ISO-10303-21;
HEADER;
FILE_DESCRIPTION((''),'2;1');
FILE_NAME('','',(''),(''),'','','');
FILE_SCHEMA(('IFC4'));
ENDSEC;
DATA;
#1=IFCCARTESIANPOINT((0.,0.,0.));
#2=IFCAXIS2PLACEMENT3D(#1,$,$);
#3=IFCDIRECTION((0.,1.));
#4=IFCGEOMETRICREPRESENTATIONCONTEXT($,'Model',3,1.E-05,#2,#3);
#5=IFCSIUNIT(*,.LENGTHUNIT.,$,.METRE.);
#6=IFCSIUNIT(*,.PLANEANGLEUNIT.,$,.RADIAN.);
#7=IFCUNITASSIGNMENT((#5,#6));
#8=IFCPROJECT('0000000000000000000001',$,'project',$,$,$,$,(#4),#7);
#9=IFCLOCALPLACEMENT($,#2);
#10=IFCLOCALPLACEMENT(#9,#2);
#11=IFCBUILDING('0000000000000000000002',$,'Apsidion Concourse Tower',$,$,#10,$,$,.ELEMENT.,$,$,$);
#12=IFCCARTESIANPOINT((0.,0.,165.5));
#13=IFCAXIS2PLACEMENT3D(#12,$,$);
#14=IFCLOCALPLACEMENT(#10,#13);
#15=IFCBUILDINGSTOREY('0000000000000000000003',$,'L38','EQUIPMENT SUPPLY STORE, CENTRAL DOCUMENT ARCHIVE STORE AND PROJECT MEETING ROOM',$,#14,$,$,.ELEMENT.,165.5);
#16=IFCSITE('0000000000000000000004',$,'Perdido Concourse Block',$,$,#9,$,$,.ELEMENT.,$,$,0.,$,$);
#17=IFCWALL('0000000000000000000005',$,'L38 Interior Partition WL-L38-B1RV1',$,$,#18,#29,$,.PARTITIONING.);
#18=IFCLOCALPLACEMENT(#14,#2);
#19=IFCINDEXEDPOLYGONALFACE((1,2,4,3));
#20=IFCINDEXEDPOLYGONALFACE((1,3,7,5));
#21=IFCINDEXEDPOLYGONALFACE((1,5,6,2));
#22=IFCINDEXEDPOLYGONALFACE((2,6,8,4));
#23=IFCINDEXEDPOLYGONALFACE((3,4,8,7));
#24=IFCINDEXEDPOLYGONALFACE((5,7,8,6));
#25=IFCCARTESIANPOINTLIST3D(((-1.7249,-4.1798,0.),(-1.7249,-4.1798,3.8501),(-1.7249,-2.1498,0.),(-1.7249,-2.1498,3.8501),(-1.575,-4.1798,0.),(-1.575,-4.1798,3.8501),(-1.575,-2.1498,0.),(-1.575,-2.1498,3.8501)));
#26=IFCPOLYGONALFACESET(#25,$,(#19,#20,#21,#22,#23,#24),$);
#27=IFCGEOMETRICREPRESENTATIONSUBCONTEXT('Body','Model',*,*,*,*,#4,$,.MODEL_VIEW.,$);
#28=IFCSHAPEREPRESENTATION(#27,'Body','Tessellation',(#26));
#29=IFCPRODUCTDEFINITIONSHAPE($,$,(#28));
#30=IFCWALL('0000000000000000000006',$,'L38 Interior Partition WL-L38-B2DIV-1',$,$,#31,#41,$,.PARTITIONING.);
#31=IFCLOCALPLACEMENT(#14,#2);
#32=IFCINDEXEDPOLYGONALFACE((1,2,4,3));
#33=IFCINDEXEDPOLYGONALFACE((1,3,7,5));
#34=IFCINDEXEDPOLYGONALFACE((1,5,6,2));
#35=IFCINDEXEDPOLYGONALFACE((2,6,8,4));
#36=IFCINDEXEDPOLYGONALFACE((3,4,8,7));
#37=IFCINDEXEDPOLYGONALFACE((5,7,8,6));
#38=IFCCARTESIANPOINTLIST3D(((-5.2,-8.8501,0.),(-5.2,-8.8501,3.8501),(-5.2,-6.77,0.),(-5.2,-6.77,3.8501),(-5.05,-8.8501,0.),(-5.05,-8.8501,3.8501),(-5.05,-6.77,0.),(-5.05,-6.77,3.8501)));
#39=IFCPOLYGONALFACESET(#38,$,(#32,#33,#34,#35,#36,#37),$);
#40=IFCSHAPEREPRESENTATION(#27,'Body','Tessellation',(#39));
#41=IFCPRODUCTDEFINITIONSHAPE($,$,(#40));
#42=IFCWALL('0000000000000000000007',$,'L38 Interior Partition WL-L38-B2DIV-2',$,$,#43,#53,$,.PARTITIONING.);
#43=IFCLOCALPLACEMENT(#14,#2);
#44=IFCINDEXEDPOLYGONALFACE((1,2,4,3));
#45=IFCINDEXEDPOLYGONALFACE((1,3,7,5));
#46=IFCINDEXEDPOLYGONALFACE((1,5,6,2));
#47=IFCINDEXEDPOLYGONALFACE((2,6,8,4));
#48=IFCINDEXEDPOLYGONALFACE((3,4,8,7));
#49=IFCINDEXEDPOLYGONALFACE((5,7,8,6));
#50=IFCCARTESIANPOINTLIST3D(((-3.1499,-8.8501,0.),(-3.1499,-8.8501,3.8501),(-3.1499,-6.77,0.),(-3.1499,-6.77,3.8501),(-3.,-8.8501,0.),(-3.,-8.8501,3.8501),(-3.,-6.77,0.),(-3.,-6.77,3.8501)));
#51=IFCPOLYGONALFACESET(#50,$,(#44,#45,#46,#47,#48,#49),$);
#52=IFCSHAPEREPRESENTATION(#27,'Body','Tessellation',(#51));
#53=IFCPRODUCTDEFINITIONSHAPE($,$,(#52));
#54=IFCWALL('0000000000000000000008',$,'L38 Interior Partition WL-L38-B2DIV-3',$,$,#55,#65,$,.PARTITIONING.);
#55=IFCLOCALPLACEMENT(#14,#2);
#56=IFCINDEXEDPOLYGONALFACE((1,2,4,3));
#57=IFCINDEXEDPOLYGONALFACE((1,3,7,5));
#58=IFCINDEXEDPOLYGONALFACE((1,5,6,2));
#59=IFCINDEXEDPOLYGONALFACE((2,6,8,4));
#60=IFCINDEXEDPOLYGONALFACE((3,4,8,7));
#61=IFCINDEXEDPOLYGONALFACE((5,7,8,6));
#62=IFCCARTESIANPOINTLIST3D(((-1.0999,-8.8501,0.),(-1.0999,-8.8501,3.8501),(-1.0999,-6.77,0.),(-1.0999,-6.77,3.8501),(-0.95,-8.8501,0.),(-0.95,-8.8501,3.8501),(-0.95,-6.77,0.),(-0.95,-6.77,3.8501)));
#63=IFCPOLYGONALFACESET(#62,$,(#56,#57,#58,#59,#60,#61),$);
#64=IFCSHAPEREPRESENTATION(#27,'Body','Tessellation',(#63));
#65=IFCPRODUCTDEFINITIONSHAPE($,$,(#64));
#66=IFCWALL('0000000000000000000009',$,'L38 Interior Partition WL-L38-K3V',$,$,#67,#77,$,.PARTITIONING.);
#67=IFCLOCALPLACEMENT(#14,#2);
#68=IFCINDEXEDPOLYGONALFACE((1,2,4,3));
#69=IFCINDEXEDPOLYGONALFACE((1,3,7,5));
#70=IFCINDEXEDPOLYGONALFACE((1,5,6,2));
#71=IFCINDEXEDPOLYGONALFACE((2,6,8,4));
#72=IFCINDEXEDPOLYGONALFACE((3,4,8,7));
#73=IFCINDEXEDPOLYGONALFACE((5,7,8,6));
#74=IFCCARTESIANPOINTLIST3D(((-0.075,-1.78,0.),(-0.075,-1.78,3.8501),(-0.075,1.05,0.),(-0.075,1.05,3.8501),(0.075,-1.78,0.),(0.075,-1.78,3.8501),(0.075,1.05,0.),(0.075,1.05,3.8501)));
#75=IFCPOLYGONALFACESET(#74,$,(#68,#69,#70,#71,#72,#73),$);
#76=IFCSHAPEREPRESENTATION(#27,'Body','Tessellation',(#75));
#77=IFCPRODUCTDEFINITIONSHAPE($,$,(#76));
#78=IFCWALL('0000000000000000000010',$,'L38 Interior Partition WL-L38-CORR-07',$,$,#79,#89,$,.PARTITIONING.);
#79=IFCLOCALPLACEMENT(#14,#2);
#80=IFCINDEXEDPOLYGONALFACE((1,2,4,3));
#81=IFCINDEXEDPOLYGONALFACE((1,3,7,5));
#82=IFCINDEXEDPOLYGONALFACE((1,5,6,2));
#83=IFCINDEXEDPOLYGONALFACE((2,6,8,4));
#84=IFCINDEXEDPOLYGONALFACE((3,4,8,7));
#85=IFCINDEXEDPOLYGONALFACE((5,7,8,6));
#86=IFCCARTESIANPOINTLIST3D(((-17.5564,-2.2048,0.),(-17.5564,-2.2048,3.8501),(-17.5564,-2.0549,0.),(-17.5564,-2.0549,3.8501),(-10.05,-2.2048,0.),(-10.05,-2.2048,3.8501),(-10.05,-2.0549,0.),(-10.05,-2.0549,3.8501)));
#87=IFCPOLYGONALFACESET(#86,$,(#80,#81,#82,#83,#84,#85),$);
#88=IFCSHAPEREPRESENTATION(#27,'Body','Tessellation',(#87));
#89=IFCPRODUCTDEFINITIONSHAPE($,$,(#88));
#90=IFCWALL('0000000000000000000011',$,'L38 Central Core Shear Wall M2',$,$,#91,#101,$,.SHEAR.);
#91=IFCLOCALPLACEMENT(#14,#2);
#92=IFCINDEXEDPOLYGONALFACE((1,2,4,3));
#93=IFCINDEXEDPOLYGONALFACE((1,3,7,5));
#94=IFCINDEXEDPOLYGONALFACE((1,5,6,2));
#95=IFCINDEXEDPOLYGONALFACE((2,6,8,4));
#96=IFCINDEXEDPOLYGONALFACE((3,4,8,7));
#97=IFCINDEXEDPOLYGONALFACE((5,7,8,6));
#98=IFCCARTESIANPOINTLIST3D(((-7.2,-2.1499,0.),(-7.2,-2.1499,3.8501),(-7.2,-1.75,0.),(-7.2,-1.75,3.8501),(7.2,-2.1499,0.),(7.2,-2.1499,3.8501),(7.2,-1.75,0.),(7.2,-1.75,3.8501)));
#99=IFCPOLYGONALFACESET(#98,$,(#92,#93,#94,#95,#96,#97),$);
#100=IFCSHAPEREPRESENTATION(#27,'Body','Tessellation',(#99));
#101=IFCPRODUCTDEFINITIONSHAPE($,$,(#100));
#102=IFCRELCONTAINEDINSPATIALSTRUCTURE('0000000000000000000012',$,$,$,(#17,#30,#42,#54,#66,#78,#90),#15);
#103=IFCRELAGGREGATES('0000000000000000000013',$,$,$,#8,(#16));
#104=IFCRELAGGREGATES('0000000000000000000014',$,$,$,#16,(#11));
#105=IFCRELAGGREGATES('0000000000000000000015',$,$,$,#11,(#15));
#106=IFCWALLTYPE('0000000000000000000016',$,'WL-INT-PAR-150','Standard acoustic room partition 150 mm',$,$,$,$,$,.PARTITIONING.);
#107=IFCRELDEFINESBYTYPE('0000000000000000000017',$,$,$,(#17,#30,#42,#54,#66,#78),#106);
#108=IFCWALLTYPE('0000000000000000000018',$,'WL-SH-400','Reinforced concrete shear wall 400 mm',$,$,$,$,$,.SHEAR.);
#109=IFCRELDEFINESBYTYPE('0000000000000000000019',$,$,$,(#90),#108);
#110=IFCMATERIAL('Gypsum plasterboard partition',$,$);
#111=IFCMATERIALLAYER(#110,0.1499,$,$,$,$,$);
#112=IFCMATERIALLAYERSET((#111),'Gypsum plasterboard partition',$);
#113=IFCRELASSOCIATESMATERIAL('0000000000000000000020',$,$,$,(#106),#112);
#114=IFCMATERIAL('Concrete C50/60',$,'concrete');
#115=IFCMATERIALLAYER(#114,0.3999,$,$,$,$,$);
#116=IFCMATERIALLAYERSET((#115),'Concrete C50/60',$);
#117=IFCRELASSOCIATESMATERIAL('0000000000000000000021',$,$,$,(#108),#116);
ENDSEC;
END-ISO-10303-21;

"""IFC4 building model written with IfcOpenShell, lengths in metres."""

from ifc_helpers import new_model, si_unit, direction, frame, frame_2d, origin, place, context, subcontext, project, spatial, rectangle, extrude, material, layer, layer_set, type_object, element, save


model = new_model("IFC4")

# Units and contexts
model_context = context("Model", 3, precision=1e-05, world=origin(), true_north=direction((0.0, 1.0)))
body_context = subcontext(model_context, "Body", "Model", "MODEL_VIEW")
ifc_project = project(units=[si_unit("LENGTHUNIT", "METRE"), si_unit("PLANEANGLEUNIT", "RADIAN")], contexts=[model_context])

# Site, building, storey
site_placement = place(None, origin())
site = spatial("IfcSite", under=ifc_project, at=site_placement, Name="Perdido Concourse Block", CompositionType="ELEMENT", RefElevation=0.0)
building_placement = place(site_placement, origin())
building = spatial("IfcBuilding", under=site, at=building_placement, Name="Apsidion Concourse Tower", CompositionType="ELEMENT")
storey_placement = place(building_placement, frame((0.0, 0.0, 165.5)))
storey = spatial("IfcBuildingStorey", under=building, at=storey_placement, Name="L38", Description="EQUIPMENT SUPPLY STORE, CENTRAL DOCUMENT ARCHIVE STORE AND PROJECT MEETING ROOM", CompositionType="ELEMENT", Elevation=165.5)

# Walls
ifc_material_1 = material(Name="Gypsum plasterboard partition")
ifc_layer_1 = layer(ifc_material_1, 0.1499)
ifc_layer_set_1 = layer_set([ifc_layer_1], Name="Gypsum plasterboard partition")
wall_type_1 = type_object("IfcWallType", Name="WL-INT-PAR-150", Description="Standard acoustic room partition 150 mm", PredefinedType="PARTITIONING", material=ifc_layer_set_1)
wall_1_placement = place(storey_placement, frame((-1.6499, -4.1799, 0.0), z_axis=(0.0, 0.0, 1.0), x_axis=(0.0, 1.0, 0.0)))
element("IfcWall", 1, at=wall_1_placement, inside=storey, type_object=wall_type_1, Name="L38 Interior Partition WL-L38-B1RV1", PredefinedType="PARTITIONING", context=body_context, shape_type="SweptSolid", body=[
    extrude(rectangle(XDim=2.03, YDim=0.1499, at=frame_2d((1.0151, 0.0))), origin(), (0.0, 0.0, 1.0), 3.8501),
])
for number, where, z_axis, x_axis, name in (
    (2, (-5.125, -8.8501, 0.0), (0.0, 0.0, 1.0), (0.0, 1.0, 0.0), "L38 Interior Partition WL-L38-B2DIV-1"),
    (3, (-3.075, -8.8501, 0.0), (0.0, 0.0, 1.0), (0.0, 1.0, 0.0), "L38 Interior Partition WL-L38-B2DIV-2"),
    (4, (-1.0249, -8.8501, 0.0), (0.0, 0.0, 1.0), (0.0, 1.0, 0.0), "L38 Interior Partition WL-L38-B2DIV-3"),
):
    element("IfcWall", number, at=place(storey_placement, frame(where, z_axis=z_axis, x_axis=x_axis)), inside=storey, type_object=wall_type_1, Name=name, PredefinedType="PARTITIONING", context=body_context, shape_type="SweptSolid", body=[
        extrude(rectangle(XDim=2.0801, YDim=0.1499, at=frame_2d((1.04, 0.0))), origin(), (0.0, 0.0, 1.0), 3.8501),
    ])
wall_2_placement = place(storey_placement, frame((0.0, -1.78, 0.0), z_axis=(0.0, 0.0, 1.0), x_axis=(0.0, 1.0, 0.0)))
element("IfcWall", 5, at=wall_2_placement, inside=storey, type_object=wall_type_1, Name="L38 Interior Partition WL-L38-K3V", PredefinedType="PARTITIONING", context=body_context, shape_type="SweptSolid", body=[
    extrude(rectangle(XDim=2.8301, YDim=0.1499, at=frame_2d((1.415, 0.0))), origin(), (0.0, 0.0, 1.0), 3.8501),
])
wall_3_placement = place(storey_placement, frame((-10.05, -2.1299, 0.0), z_axis=(0.0, 0.0, 1.0), x_axis=(-1.0, 0.0, 0.0)))
element("IfcWall", 6, at=wall_3_placement, inside=storey, type_object=wall_type_1, Name="L38 Interior Partition WL-L38-CORR-07", PredefinedType="PARTITIONING", context=body_context, shape_type="SweptSolid", body=[
    extrude(rectangle(XDim=7.5063, YDim=0.1499, at=frame_2d((3.7532, 0.0))), origin(), (0.0, 0.0, 1.0), 3.8501),
])

# Wall
ifc_material_2 = material(Name="Concrete C50/60", Category="concrete")
ifc_layer_2 = layer(ifc_material_2, 0.3999)
ifc_layer_set_2 = layer_set([ifc_layer_2], Name="Concrete C50/60")
wall_type_2 = type_object("IfcWallType", Name="WL-SH-400", Description="Reinforced concrete shear wall 400 mm", PredefinedType="SHEAR", material=ifc_layer_set_2)
wall_4_placement = place(storey_placement, frame((-7.2, -1.95, 0.0), z_axis=(0.0, 0.0, 1.0), x_axis=(1.0, 0.0, 0.0)))
element("IfcWall", 7, at=wall_4_placement, inside=storey, type_object=wall_type_2, Name="L38 Central Core Shear Wall M2", PredefinedType="SHEAR", context=body_context, shape_type="SweptSolid", body=[
    extrude(rectangle(XDim=14.3999, YDim=0.3999, at=frame_2d((7.2, 0.0))), origin(), (0.0, 0.0, 1.0), 3.8501),
])

save(model, "model.ifc")
